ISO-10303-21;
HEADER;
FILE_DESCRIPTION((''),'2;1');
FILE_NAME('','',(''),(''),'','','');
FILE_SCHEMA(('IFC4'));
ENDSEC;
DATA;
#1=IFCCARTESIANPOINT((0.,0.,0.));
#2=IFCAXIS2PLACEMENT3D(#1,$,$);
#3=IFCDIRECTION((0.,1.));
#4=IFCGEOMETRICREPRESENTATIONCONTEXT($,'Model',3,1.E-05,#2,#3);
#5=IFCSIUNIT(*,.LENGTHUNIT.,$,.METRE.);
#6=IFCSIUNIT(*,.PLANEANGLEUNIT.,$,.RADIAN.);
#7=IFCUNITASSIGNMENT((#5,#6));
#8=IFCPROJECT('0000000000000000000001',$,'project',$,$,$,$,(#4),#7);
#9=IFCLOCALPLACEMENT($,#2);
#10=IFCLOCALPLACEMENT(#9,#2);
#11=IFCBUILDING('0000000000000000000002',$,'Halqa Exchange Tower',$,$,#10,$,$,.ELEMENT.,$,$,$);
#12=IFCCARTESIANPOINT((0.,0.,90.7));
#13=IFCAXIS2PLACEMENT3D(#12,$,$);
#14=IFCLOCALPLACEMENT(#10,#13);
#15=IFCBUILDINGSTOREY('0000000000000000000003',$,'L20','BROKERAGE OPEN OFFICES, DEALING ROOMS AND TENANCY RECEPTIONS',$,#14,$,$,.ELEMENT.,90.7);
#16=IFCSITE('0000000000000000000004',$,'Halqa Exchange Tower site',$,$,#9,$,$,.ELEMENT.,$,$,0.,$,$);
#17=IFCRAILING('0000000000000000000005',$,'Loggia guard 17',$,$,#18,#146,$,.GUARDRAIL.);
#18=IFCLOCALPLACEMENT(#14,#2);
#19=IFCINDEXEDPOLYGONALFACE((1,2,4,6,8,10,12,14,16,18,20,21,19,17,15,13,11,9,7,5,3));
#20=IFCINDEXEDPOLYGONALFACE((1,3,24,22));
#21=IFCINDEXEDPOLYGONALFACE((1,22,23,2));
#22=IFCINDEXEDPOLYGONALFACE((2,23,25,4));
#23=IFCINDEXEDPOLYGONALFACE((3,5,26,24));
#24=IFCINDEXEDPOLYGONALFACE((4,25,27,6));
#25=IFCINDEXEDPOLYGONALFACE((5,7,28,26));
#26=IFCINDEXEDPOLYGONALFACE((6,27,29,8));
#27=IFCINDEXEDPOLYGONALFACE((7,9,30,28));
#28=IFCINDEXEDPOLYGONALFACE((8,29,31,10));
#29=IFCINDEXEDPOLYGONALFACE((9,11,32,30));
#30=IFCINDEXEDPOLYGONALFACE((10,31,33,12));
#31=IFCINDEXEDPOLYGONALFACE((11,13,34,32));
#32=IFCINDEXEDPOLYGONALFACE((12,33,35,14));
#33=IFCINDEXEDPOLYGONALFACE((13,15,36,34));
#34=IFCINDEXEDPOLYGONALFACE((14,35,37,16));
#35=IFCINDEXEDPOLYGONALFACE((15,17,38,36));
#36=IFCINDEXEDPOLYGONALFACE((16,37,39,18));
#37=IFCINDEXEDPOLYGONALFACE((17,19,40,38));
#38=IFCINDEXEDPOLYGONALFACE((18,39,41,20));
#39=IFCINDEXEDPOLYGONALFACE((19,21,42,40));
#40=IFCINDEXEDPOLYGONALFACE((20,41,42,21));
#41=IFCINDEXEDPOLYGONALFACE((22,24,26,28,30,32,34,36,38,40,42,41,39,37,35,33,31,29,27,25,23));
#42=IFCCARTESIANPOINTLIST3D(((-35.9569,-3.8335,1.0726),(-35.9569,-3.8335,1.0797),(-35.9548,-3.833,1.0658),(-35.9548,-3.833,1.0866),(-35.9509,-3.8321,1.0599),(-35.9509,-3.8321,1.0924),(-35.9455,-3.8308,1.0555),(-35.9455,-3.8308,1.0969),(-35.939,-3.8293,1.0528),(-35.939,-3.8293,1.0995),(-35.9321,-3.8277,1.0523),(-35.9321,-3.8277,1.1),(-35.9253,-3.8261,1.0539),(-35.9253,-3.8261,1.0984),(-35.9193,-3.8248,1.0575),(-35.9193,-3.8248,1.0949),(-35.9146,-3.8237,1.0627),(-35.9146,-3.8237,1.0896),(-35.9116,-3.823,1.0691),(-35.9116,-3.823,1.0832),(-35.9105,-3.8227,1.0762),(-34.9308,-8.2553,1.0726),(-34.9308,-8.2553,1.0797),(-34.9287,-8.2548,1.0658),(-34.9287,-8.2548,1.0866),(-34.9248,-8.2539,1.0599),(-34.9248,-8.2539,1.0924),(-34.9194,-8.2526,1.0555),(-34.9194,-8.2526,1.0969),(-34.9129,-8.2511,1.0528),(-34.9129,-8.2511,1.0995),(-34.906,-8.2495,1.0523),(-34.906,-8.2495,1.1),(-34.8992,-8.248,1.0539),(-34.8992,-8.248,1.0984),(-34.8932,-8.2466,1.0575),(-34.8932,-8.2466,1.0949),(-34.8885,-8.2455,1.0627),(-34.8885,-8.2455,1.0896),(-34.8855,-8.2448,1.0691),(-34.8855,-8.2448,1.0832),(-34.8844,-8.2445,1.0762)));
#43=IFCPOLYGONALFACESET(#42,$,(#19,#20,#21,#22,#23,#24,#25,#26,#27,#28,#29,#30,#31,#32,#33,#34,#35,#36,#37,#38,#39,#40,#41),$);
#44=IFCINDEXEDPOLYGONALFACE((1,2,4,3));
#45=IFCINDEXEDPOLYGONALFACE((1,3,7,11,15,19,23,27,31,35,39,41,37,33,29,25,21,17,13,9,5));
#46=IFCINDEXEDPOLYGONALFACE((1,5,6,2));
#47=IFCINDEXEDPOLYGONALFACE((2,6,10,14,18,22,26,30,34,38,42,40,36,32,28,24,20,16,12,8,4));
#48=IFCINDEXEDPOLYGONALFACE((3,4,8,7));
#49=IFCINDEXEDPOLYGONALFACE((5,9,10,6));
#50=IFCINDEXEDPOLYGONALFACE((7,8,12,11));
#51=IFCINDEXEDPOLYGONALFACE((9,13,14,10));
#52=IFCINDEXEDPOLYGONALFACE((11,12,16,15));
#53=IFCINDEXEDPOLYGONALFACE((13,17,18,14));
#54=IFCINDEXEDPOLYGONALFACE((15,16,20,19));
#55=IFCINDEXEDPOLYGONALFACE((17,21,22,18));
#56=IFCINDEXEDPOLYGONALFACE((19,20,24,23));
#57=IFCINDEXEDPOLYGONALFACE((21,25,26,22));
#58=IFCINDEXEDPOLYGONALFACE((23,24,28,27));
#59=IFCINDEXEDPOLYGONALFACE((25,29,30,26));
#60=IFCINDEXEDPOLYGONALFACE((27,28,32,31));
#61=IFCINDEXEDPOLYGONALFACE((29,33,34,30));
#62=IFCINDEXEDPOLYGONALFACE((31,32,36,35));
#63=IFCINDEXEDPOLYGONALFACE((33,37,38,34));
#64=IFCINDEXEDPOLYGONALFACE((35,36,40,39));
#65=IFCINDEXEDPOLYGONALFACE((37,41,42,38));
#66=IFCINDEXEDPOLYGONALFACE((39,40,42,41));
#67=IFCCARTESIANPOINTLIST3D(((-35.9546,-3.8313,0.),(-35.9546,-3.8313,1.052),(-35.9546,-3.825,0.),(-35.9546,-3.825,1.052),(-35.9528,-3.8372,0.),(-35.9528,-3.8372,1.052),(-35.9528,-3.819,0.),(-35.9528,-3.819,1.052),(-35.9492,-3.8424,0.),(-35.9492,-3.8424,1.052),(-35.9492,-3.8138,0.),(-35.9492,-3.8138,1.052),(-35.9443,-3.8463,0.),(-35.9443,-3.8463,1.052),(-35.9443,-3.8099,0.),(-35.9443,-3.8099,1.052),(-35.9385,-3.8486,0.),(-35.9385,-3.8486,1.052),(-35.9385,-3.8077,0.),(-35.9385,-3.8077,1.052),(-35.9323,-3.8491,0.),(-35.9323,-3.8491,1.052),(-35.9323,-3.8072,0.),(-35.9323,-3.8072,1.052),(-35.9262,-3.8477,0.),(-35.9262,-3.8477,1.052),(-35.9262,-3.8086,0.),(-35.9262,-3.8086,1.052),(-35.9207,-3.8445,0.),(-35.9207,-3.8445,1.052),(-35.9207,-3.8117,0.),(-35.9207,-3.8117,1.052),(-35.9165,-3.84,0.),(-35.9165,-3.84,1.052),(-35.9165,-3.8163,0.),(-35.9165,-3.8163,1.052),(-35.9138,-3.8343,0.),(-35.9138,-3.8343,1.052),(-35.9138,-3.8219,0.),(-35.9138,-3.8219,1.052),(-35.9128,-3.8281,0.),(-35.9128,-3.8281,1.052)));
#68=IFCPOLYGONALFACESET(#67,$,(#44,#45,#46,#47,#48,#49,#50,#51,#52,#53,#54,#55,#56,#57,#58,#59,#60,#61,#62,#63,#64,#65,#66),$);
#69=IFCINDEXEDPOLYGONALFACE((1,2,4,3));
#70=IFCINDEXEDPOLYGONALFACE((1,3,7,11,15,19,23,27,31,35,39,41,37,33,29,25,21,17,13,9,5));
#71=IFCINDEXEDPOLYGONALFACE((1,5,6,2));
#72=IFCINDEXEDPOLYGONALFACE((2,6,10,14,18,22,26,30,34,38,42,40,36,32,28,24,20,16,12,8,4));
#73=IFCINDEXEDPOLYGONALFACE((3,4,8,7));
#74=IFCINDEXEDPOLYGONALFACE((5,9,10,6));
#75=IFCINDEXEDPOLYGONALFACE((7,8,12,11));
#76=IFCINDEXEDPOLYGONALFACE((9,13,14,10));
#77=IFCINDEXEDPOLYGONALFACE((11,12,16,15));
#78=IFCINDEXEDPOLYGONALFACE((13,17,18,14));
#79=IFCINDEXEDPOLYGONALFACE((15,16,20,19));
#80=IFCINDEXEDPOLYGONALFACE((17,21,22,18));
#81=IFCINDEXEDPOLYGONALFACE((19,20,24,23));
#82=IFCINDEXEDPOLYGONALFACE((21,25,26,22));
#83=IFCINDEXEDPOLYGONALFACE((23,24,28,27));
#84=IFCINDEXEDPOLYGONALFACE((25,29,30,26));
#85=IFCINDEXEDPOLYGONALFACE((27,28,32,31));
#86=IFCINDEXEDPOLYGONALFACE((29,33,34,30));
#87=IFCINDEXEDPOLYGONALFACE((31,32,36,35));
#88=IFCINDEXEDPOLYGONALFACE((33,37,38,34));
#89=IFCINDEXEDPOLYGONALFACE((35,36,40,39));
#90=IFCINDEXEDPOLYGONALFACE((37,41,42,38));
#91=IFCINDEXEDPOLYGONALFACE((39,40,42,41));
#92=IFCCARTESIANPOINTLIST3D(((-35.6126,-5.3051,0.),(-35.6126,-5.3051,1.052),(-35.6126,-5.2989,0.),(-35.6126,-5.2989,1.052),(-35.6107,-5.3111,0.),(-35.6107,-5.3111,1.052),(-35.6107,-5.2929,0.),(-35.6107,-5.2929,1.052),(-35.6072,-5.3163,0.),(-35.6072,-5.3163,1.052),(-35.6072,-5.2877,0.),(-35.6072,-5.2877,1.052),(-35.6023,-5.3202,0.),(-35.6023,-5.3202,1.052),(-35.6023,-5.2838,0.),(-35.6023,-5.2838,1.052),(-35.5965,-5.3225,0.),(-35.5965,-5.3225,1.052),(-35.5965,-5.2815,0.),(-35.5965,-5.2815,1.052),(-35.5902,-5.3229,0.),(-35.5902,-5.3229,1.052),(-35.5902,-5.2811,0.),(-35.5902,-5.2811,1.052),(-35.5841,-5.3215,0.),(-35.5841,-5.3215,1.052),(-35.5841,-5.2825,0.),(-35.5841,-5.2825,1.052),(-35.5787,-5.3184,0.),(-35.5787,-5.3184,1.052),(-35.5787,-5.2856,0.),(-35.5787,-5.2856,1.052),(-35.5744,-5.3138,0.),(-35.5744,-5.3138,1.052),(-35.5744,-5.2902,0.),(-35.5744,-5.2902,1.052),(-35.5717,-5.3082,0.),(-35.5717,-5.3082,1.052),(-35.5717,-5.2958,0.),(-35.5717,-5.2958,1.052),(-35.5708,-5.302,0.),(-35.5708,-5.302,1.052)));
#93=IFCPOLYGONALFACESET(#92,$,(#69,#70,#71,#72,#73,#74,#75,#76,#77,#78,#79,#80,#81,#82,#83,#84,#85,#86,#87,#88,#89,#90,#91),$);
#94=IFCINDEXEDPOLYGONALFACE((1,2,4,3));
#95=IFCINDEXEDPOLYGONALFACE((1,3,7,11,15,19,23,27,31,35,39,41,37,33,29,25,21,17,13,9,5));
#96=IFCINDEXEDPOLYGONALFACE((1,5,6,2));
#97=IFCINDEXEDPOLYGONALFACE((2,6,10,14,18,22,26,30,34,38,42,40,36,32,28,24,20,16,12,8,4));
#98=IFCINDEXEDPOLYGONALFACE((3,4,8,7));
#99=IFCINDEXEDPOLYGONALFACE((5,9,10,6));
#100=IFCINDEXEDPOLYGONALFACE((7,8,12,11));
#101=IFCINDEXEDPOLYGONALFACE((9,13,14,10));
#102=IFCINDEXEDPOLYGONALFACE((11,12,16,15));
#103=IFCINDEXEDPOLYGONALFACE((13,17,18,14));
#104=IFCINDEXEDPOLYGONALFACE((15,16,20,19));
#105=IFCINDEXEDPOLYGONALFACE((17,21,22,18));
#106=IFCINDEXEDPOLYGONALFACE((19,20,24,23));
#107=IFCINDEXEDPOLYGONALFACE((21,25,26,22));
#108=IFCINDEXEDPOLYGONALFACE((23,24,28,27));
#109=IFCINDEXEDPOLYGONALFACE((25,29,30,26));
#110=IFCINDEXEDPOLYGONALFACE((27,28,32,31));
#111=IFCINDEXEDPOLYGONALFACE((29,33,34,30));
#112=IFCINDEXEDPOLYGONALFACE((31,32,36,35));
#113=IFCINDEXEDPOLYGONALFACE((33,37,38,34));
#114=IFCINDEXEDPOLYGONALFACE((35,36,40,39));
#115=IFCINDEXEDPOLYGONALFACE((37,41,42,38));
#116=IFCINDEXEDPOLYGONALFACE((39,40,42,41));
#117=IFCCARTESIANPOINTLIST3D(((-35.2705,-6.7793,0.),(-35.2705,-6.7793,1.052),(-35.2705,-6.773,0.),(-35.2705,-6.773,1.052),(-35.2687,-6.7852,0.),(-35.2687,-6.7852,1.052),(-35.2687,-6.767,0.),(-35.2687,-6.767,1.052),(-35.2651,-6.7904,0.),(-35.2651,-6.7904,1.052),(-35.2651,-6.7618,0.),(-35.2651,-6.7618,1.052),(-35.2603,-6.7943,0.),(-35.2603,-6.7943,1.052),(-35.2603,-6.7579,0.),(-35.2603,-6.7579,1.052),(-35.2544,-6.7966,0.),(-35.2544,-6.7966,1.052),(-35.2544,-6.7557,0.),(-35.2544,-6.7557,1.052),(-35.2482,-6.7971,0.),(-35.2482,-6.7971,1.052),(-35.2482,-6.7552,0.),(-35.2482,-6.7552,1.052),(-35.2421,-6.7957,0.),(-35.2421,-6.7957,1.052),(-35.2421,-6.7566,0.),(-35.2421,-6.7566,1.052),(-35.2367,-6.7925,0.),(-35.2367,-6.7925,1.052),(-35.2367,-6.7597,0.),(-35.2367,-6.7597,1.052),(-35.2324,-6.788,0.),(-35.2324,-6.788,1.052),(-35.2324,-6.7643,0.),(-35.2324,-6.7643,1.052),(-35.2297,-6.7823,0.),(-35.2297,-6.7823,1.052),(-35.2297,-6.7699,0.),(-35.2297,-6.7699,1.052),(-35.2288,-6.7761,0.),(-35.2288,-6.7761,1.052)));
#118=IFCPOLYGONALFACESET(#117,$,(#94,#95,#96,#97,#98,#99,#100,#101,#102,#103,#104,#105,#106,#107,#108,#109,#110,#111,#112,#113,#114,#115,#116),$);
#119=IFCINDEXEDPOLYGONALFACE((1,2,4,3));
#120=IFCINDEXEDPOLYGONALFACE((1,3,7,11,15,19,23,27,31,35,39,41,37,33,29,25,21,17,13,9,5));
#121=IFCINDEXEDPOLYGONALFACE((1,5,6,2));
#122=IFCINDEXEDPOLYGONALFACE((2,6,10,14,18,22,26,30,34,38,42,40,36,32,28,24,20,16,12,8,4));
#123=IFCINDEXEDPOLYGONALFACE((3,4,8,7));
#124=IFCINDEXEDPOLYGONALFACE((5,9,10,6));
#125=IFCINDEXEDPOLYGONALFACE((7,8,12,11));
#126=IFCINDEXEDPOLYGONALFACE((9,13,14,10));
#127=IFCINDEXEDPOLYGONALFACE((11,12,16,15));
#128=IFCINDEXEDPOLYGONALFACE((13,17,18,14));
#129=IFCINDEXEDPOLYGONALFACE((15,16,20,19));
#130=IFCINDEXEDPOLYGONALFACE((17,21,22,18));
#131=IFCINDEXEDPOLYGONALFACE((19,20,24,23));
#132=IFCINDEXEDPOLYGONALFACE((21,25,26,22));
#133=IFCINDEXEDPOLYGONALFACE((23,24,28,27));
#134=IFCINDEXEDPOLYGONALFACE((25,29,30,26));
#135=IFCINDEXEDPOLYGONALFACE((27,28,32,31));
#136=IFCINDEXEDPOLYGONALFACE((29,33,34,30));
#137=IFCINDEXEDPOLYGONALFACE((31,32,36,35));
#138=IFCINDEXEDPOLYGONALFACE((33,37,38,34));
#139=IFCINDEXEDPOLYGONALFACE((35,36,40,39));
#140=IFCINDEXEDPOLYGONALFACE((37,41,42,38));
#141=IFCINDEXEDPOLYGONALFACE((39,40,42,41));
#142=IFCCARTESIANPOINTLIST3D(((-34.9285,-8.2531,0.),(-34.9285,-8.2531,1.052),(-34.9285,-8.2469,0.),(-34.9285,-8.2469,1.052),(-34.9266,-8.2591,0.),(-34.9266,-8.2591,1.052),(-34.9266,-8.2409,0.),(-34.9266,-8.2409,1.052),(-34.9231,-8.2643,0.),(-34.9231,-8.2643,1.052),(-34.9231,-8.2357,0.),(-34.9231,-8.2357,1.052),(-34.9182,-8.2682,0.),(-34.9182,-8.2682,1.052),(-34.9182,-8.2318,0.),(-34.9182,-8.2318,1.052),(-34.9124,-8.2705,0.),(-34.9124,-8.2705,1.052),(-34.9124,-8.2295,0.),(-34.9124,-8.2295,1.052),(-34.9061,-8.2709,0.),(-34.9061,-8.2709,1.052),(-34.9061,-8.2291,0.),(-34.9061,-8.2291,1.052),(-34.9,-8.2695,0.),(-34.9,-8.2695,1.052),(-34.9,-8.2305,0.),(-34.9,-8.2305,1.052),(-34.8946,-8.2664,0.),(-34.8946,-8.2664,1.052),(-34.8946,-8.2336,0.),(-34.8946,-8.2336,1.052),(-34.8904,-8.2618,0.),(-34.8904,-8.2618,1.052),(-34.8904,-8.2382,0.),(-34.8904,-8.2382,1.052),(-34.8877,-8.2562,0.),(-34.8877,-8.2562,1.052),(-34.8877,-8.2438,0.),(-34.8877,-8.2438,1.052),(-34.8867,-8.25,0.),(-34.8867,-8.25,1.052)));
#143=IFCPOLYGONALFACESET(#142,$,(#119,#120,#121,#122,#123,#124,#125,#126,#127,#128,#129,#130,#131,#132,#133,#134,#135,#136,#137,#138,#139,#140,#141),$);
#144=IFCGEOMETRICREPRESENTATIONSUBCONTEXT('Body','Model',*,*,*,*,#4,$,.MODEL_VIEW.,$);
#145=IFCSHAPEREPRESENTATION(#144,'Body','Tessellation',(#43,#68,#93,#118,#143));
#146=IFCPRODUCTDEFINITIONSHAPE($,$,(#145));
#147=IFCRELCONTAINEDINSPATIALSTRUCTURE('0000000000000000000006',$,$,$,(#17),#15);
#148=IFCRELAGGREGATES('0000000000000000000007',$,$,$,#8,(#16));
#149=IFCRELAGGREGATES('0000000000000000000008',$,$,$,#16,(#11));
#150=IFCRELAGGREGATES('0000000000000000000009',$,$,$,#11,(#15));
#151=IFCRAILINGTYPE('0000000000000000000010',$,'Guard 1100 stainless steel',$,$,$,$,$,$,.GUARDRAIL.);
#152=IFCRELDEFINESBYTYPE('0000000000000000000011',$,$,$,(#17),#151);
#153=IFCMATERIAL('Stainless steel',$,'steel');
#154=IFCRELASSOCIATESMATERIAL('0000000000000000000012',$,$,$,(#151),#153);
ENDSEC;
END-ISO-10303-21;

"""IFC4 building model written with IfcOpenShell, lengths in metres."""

from ifc_helpers import new_model, si_unit, direction, frame, origin, origin_2d, place, context, subcontext, project, spatial, circle, extrude, material, type_object, element, save


model = new_model("IFC4")

# Units and contexts
model_context = context("Model", 3, precision=1e-05, world=origin(), true_north=direction((0.0, 1.0)))
body_context = subcontext(model_context, "Body", "Model", "MODEL_VIEW")
ifc_project = project(units=[si_unit("LENGTHUNIT", "METRE"), si_unit("PLANEANGLEUNIT", "RADIAN")], contexts=[model_context])

# Site, building, storey
site_placement = place(None, origin())
site = spatial("IfcSite", under=ifc_project, at=site_placement, Name="Halqa Exchange Tower site", CompositionType="ELEMENT", RefElevation=0.0)
building_placement = place(site_placement, origin())
building = spatial("IfcBuilding", under=site, at=building_placement, Name="Halqa Exchange Tower", CompositionType="ELEMENT")
storey_placement = place(building_placement, frame((0.0, 0.0, 90.7)))
storey = spatial("IfcBuildingStorey", under=building, at=storey_placement, Name="L20", Description="BROKERAGE OPEN OFFICES, DEALING ROOMS AND TENANCY RECEPTIONS", CompositionType="ELEMENT", Elevation=90.7)

# Railing
ifc_material_1 = material(Name="Stainless steel", Category="steel")
railing_type = type_object("IfcRailingType", Name="Guard 1100 stainless steel", PredefinedType="GUARDRAIL", material=ifc_material_1)
railing_1_placement = place(storey_placement, frame((-35.9338, -3.8281, 0.0)))
element("IfcRailing", 1, at=railing_1_placement, inside=storey, type_object=railing_type, Name="Loggia guard 17", PredefinedType="GUARDRAIL", context=body_context, shape_type="SweptSolid", body=[
    extrude(circle(Radius=0.0239, at=origin_2d()), frame((0.0, 0.0, 1.0762), z_axis=(0.22605, -0.974116, 0.0), x_axis=(0.974116, 0.22605, 0.0)), (0.0, 0.0, 1.0), 4.5393),
    extrude(circle(Radius=0.021, at=origin_2d()), origin(), (0.0, 0.0, 1.0), 1.052),
    extrude(circle(Radius=0.021, at=origin_2d()), frame((0.342, -1.4739, 0.0)), (0.0, 0.0, 1.0), 1.052),
    extrude(circle(Radius=0.021, at=origin_2d()), frame((0.6841, -2.948, 0.0)), (0.0, 0.0, 1.0), 1.052),
    extrude(circle(Radius=0.021, at=origin_2d()), frame((1.0261, -4.4219, 0.0)), (0.0, 0.0, 1.0), 1.052),
])

save(model, "model.ifc")
